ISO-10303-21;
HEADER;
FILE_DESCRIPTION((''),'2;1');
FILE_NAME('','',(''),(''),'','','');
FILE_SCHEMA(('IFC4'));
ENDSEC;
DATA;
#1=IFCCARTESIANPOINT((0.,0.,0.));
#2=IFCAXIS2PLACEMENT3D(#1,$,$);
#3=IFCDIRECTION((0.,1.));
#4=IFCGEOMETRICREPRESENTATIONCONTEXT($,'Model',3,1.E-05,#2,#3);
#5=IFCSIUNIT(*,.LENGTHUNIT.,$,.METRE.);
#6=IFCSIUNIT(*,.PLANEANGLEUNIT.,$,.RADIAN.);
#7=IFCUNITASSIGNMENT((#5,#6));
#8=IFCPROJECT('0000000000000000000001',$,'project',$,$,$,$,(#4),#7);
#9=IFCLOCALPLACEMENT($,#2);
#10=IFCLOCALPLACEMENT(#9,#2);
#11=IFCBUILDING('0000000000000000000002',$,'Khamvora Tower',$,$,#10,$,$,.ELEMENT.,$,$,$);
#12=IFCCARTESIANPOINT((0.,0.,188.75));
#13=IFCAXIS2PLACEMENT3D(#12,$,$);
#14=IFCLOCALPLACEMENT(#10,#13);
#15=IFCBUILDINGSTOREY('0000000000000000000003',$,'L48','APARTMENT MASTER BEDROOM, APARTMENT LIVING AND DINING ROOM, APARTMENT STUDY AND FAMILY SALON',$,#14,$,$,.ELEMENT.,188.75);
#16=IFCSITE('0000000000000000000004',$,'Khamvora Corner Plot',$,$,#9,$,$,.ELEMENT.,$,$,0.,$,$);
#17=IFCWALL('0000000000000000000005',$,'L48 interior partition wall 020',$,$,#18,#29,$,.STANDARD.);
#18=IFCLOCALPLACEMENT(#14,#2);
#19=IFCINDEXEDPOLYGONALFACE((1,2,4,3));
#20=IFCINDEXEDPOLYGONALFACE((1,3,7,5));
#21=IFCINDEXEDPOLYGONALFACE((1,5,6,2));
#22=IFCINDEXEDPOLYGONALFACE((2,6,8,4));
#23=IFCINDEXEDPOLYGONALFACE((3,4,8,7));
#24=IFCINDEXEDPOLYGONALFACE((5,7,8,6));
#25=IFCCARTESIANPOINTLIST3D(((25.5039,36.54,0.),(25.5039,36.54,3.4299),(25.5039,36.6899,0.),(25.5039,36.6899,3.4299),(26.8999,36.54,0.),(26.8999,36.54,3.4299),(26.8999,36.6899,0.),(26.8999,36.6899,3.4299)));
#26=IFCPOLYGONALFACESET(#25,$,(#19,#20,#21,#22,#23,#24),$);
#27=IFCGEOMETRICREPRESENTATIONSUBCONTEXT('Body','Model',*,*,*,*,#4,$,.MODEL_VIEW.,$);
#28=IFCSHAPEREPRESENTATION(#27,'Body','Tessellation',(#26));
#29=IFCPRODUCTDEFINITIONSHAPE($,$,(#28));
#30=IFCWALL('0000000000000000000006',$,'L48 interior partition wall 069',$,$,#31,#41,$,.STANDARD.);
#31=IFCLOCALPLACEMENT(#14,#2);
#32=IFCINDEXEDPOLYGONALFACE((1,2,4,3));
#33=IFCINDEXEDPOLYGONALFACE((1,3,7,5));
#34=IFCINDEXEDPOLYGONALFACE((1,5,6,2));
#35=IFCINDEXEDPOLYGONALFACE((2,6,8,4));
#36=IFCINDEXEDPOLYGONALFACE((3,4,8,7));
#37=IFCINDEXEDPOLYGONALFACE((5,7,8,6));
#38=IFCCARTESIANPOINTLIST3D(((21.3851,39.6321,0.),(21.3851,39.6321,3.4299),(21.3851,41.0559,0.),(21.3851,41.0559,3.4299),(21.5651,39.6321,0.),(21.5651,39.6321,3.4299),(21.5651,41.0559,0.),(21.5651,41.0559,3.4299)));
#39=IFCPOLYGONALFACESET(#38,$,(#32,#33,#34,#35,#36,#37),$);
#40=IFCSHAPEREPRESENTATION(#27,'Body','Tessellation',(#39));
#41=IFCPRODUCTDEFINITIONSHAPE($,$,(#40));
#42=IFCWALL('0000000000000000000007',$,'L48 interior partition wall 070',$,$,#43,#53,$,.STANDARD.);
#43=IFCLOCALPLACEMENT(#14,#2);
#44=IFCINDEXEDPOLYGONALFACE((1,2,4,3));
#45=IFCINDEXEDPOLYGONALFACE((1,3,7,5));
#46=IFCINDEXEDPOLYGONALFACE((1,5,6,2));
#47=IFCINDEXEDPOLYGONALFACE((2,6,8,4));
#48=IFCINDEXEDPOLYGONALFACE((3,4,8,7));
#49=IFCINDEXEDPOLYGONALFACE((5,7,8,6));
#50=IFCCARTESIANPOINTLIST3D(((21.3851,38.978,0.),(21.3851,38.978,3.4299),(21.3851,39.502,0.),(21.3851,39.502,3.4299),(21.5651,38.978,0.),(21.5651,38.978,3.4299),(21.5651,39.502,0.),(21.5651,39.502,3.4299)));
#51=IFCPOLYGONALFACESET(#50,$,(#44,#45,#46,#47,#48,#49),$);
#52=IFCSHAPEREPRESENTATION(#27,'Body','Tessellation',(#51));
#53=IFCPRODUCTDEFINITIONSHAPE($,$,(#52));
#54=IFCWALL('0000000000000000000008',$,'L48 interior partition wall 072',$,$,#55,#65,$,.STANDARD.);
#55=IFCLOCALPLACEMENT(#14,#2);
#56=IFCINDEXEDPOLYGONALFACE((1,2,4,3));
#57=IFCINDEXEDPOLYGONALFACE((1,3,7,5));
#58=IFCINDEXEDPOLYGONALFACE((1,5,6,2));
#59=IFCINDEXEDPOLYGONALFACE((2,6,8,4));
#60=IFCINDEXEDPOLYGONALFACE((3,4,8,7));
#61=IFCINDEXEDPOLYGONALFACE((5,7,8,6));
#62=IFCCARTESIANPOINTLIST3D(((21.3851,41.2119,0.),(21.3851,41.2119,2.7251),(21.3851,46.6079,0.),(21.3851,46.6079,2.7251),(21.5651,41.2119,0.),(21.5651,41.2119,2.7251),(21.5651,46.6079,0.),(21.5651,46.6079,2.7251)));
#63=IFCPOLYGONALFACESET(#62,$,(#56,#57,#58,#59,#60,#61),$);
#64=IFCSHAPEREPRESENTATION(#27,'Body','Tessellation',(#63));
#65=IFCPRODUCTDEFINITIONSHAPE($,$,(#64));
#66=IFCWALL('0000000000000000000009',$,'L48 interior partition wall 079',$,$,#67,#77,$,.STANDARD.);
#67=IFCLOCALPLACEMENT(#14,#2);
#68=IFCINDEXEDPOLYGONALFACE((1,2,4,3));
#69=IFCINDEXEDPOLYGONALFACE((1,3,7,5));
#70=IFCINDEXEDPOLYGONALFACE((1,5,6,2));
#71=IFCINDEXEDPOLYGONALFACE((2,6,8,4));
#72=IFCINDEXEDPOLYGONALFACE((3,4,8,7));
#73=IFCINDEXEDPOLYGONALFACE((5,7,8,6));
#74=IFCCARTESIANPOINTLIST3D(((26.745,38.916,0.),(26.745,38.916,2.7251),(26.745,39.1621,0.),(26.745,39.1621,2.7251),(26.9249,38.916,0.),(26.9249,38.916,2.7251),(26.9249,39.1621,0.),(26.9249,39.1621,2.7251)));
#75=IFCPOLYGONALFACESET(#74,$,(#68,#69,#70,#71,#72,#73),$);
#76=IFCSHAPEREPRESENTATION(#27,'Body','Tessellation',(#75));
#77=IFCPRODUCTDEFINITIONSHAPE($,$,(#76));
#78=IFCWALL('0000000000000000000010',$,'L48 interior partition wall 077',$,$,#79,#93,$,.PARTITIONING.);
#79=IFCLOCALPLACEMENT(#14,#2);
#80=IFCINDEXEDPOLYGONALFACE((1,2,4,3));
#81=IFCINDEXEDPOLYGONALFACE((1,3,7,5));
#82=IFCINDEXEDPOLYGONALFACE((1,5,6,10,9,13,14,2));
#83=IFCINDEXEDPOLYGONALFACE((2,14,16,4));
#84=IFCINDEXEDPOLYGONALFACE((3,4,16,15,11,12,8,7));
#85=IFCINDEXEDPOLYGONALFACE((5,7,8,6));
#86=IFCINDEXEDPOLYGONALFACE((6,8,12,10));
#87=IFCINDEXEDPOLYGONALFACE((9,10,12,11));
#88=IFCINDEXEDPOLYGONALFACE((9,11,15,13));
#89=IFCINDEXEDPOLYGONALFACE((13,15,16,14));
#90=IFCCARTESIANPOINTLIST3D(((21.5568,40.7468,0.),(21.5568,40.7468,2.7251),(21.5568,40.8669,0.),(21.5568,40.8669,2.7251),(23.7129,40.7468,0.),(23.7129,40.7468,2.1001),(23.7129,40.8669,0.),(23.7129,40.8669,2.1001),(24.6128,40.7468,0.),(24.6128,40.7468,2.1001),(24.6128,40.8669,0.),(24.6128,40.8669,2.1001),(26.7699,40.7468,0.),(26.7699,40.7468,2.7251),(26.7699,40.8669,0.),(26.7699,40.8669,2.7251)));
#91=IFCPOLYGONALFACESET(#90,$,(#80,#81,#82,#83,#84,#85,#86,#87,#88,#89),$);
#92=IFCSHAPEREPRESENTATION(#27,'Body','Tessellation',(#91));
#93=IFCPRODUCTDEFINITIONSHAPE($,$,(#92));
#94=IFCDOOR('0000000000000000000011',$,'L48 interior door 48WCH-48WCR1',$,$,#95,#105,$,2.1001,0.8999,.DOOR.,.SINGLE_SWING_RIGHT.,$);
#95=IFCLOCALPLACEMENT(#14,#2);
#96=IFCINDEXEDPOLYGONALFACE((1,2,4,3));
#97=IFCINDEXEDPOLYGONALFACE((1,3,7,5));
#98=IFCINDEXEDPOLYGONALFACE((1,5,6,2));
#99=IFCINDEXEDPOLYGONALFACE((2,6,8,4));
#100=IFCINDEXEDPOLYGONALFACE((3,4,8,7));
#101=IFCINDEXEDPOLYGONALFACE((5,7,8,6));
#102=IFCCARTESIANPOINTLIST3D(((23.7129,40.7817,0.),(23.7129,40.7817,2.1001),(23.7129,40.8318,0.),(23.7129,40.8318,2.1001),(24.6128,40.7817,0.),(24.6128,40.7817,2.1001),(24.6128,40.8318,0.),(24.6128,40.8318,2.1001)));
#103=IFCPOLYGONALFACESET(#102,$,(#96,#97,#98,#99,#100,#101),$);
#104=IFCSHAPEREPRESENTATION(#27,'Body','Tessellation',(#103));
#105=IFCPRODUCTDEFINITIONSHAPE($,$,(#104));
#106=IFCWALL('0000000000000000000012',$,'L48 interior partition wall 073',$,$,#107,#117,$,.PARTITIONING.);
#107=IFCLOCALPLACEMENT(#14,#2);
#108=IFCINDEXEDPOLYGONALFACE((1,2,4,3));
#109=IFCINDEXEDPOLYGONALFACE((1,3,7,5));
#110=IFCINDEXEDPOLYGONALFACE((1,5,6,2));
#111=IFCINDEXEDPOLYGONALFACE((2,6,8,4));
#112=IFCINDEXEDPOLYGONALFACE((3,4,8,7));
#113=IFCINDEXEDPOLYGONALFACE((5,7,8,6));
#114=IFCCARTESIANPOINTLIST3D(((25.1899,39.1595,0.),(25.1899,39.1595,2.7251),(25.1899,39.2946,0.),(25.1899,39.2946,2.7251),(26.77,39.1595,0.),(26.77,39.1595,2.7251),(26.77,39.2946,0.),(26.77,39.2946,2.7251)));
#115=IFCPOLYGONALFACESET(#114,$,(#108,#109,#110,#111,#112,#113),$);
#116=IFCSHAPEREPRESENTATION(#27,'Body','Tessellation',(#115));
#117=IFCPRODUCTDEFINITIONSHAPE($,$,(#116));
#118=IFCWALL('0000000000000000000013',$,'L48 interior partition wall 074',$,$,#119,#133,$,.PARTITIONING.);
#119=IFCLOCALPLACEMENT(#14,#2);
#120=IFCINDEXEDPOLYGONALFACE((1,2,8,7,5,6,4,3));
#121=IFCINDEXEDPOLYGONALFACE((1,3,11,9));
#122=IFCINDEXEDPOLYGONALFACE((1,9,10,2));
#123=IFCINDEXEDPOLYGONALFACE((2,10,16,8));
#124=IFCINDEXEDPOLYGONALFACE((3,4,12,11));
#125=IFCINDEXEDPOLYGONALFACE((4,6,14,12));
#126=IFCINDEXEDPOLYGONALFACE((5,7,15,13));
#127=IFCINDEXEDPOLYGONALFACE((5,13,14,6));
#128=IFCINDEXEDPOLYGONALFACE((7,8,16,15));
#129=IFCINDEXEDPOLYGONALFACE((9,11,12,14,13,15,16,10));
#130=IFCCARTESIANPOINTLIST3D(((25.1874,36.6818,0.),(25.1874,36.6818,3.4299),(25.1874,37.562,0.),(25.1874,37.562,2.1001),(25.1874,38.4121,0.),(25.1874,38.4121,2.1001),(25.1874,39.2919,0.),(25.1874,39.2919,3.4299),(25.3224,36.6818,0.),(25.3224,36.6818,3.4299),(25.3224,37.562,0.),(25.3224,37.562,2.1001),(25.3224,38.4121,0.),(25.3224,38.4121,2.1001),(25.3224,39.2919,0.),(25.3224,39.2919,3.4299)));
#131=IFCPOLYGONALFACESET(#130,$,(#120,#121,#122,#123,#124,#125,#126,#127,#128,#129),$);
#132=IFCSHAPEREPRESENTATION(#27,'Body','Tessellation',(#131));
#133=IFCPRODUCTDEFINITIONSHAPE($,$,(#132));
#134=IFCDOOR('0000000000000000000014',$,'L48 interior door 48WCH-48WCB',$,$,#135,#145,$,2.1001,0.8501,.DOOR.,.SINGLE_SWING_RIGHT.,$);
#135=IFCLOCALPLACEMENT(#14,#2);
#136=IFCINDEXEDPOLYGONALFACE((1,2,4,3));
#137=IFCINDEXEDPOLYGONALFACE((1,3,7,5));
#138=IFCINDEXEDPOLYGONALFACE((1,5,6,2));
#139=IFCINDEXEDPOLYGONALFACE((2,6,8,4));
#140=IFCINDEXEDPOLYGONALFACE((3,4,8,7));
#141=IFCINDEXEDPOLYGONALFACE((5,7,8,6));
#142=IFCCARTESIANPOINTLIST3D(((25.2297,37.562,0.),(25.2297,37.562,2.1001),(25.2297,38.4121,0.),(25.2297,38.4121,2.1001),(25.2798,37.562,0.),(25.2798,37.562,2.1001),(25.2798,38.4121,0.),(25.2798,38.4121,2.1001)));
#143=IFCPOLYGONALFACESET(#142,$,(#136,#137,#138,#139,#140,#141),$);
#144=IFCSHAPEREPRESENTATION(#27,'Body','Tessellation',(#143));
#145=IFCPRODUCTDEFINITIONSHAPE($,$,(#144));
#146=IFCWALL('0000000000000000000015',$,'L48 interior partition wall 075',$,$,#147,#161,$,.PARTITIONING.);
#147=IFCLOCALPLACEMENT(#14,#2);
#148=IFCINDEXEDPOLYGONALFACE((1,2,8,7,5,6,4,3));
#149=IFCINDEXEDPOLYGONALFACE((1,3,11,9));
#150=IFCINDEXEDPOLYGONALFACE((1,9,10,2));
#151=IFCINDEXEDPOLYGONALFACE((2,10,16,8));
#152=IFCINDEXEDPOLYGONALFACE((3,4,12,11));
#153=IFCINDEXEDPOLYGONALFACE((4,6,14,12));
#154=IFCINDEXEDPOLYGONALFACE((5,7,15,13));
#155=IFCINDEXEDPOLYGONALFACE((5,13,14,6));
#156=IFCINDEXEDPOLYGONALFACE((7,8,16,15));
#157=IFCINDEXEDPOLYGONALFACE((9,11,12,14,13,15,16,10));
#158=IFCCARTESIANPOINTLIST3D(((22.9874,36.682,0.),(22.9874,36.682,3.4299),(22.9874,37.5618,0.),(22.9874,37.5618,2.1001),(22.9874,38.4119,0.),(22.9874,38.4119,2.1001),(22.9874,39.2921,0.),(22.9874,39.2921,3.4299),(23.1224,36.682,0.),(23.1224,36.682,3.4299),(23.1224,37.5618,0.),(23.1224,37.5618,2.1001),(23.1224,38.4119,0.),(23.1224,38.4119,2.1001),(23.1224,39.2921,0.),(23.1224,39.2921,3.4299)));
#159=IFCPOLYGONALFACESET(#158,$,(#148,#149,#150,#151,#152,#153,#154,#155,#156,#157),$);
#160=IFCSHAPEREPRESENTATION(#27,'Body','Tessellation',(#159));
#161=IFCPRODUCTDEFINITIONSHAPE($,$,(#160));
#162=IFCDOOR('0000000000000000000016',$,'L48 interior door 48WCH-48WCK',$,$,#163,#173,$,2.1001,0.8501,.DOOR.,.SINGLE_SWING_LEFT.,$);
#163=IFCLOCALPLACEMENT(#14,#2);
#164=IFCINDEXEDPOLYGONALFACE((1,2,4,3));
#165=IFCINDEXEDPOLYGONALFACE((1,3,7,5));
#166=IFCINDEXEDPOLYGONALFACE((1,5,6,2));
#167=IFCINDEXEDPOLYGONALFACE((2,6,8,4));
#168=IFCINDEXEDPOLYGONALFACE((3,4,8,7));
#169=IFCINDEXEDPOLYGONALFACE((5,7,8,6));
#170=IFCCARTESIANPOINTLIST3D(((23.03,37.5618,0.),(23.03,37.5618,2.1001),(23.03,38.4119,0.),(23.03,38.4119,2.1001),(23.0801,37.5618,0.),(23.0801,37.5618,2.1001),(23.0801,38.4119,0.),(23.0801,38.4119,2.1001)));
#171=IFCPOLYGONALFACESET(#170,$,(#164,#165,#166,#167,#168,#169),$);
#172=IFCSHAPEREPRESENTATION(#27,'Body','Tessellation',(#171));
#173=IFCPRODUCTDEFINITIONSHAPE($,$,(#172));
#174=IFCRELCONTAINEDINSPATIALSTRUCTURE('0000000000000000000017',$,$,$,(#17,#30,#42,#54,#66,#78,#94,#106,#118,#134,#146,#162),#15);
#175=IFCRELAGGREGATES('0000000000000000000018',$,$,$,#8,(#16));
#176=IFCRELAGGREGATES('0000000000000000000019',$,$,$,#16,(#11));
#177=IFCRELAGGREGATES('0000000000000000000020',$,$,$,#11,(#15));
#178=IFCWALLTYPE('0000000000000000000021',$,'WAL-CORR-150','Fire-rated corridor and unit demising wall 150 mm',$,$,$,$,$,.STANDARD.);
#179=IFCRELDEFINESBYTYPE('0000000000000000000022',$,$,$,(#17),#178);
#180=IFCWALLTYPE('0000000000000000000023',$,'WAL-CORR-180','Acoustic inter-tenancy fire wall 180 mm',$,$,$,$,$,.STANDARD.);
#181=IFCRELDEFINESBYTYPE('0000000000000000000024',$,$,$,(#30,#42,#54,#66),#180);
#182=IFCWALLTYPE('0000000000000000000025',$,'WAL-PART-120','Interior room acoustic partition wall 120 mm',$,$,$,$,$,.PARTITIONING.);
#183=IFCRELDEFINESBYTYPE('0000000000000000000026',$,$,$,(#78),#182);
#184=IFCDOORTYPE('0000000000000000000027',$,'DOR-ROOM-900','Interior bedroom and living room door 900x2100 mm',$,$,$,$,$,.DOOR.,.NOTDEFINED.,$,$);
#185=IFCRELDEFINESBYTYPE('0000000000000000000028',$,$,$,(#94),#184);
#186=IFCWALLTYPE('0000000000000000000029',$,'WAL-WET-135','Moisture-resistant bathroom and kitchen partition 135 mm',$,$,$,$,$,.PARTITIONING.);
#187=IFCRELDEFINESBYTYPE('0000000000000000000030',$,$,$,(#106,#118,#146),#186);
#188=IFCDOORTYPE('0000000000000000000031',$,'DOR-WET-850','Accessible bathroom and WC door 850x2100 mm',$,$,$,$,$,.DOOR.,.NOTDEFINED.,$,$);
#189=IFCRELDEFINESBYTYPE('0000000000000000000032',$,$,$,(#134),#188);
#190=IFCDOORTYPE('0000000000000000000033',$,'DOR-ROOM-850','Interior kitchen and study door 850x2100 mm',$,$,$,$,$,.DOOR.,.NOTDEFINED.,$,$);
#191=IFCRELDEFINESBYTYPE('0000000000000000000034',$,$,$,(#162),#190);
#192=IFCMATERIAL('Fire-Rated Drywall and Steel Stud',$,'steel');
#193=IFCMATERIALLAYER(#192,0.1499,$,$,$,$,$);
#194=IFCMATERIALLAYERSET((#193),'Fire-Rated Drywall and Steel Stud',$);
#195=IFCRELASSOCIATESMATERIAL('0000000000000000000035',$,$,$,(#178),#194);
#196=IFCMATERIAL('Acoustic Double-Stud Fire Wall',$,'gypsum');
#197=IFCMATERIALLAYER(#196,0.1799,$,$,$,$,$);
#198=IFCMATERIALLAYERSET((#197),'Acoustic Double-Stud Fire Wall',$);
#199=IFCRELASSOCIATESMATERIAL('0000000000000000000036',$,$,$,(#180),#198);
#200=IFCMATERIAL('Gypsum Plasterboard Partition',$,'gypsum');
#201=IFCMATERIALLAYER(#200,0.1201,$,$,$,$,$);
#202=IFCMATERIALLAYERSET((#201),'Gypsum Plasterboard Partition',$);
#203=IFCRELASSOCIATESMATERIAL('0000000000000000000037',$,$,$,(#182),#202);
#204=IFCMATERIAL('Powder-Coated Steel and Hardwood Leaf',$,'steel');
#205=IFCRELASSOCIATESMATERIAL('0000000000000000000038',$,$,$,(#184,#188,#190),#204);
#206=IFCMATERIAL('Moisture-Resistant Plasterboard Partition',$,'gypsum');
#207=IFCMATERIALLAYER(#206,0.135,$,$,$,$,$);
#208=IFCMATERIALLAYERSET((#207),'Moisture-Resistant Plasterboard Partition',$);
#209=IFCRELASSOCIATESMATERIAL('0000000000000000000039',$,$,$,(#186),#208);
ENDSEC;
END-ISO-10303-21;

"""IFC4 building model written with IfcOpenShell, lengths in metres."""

from ifc_helpers import new_model, si_unit, direction, frame, frame_2d, origin, place, context, subcontext, project, spatial, rectangle, extrude, material, layer, layer_set, type_object, element, fill, save


model = new_model("IFC4")

# Units and contexts
model_context = context("Model", 3, precision=1e-05, world=origin(), true_north=direction((0.0, 1.0)))
body_context = subcontext(model_context, "Body", "Model", "MODEL_VIEW")
ifc_project = project(units=[si_unit("LENGTHUNIT", "METRE"), si_unit("PLANEANGLEUNIT", "RADIAN")], contexts=[model_context])

# Site, building, storey
site_placement = place(None, origin())
site = spatial("IfcSite", under=ifc_project, at=site_placement, Name="Khamvora Corner Plot", CompositionType="ELEMENT", RefElevation=0.0)
building_placement = place(site_placement, origin())
building = spatial("IfcBuilding", under=site, at=building_placement, Name="Khamvora Tower", CompositionType="ELEMENT")
storey_placement = place(building_placement, frame((0.0, 0.0, 188.75)))
storey = spatial("IfcBuildingStorey", under=building, at=storey_placement, Name="L48", Description="APARTMENT MASTER BEDROOM, APARTMENT LIVING AND DINING ROOM, APARTMENT STUDY AND FAMILY SALON", CompositionType="ELEMENT", Elevation=188.75)

# Walls
ifc_material_1 = material(Name="Fire-Rated Drywall and Steel Stud", Category="steel")
ifc_layer_1 = layer(ifc_material_1, 0.1499)
ifc_layer_set_1 = layer_set([ifc_layer_1], Name="Fire-Rated Drywall and Steel Stud")
wall_type_1 = type_object("IfcWallType", Name="WAL-CORR-150", Description="Fire-rated corridor and unit demising wall 150 mm", PredefinedType="STANDARD", material=ifc_layer_set_1)
wall_1_placement = place(storey_placement, frame((25.5039, 36.615, 0.0), z_axis=(0.0, 0.0, 1.0), x_axis=(1.0, 0.0, 0.0)))
element("IfcWall", 1, at=wall_1_placement, inside=storey, type_object=wall_type_1, Name="L48 interior partition wall 020", PredefinedType="STANDARD", context=body_context, shape_type="SweptSolid", body=[
    extrude(rectangle(XDim=1.396, YDim=0.1499, at=frame_2d((0.698, 0.0))), origin(), (0.0, 0.0, 1.0), 3.4299),
])
ifc_material_2 = material(Name="Acoustic Double-Stud Fire Wall", Category="gypsum")
ifc_layer_2 = layer(ifc_material_2, 0.1799)
ifc_layer_set_2 = layer_set([ifc_layer_2], Name="Acoustic Double-Stud Fire Wall")
wall_type_2 = type_object("IfcWallType", Name="WAL-CORR-180", Description="Acoustic inter-tenancy fire wall 180 mm", PredefinedType="STANDARD", material=ifc_layer_set_2)
wall_2_placement = place(storey_placement, frame((21.4751, 41.0559, 0.0), z_axis=(0.0, 0.0, 1.0), x_axis=(0.0, -1.0, 0.0)))
element("IfcWall", 2, at=wall_2_placement, inside=storey, type_object=wall_type_2, Name="L48 interior partition wall 069", PredefinedType="STANDARD", context=body_context, shape_type="SweptSolid", body=[
    extrude(rectangle(XDim=1.4238, YDim=0.1799, at=frame_2d((0.7119, 0.0))), origin(), (0.0, 0.0, 1.0), 3.4299),
])
wall_3_placement = place(storey_placement, frame((21.4751, 39.502, 0.0), z_axis=(0.0, 0.0, 1.0), x_axis=(0.0, -1.0, 0.0)))
element("IfcWall", 3, at=wall_3_placement, inside=storey, type_object=wall_type_2, Name="L48 interior partition wall 070", PredefinedType="STANDARD", context=body_context, shape_type="SweptSolid", body=[
    extrude(rectangle(XDim=0.5239, YDim=0.1799, at=frame_2d((0.262, 0.0))), origin(), (0.0, 0.0, 1.0), 3.4299),
])
wall_4_placement = place(storey_placement, frame((21.4751, 46.6079, 0.0), z_axis=(0.0, 0.0, 1.0), x_axis=(0.0, -1.0, 0.0)))
element("IfcWall", 4, at=wall_4_placement, inside=storey, type_object=wall_type_2, Name="L48 interior partition wall 072", PredefinedType="STANDARD", context=body_context, shape_type="SweptSolid", body=[
    extrude(rectangle(XDim=5.396, YDim=0.1799, at=frame_2d((2.698, 0.0))), origin(), (0.0, 0.0, 1.0), 2.7251),
])
wall_5_placement = place(storey_placement, frame((26.835, 39.1621, 0.0), z_axis=(0.0, 0.0, 1.0), x_axis=(0.0, -1.0, 0.0)))
element("IfcWall", 5, at=wall_5_placement, inside=storey, type_object=wall_type_2, Name="L48 interior partition wall 079", PredefinedType="STANDARD", context=body_context, shape_type="SweptSolid", body=[
    extrude(rectangle(XDim=0.2461, YDim=0.1799, at=frame_2d((0.123, 0.0))), origin(), (0.0, 0.0, 1.0), 2.7251),
])

# Wall, opening, door
ifc_material_3 = material(Name="Gypsum Plasterboard Partition", Category="gypsum")
ifc_layer_3 = layer(ifc_material_3, 0.1201)
ifc_layer_set_3 = layer_set([ifc_layer_3], Name="Gypsum Plasterboard Partition")
wall_type_3 = type_object("IfcWallType", Name="WAL-PART-120", Description="Interior room acoustic partition wall 120 mm", PredefinedType="PARTITIONING", material=ifc_layer_set_3)
wall_6_placement = place(storey_placement, frame((21.5569, 40.8069, 0.0), z_axis=(0.0, 0.0, 1.0), x_axis=(1.0, 0.0, 0.0)))
wall_6 = element("IfcWall", 6, at=wall_6_placement, inside=storey, type_object=wall_type_3, Name="L48 interior partition wall 077", PredefinedType="PARTITIONING", context=body_context, shape_type="SweptSolid", body=[
    extrude(rectangle(XDim=5.2131, YDim=0.1201, at=frame_2d((2.6064, 0.0))), origin(), (0.0, 0.0, 1.0), 2.7251),
])
opening_1_placement = place(wall_6_placement, frame((2.156, 0.0, 0.0)))
opening_1 = element("IfcOpeningElement", 7, at=opening_1_placement, cuts=wall_6, PredefinedType="OPENING", context=body_context, shape_type="SweptSolid", body=[
    extrude(rectangle(XDim=0.8999, YDim=2.1001, at=frame_2d((0.45, 1.05))), frame((0.0, 0.0701, 0.0), z_axis=(0.0, -1.0, 0.0), x_axis=(1.0, 0.0, 0.0)), (0.0, 0.0, 1.0), 0.1401),
])
ifc_material_4 = material(Name="Powder-Coated Steel and Hardwood Leaf", Category="steel")
door_type_1 = type_object("IfcDoorType", Name="DOR-ROOM-900", Description="Interior bedroom and living room door 900x2100 mm", OperationType="NOTDEFINED", PredefinedType="DOOR", material=ifc_material_4)
door_1_placement = place(opening_1_placement, origin())
door_1 = element("IfcDoor", 8, at=door_1_placement, inside=storey, type_object=door_type_1, Name="L48 interior door 48WCH-48WCR1", OperationType="SINGLE_SWING_RIGHT", OverallHeight=2.1001, OverallWidth=0.8999, PredefinedType="DOOR", context=body_context, shape_type="SweptSolid", body=[
    extrude(rectangle(XDim=0.8999, YDim=2.1001, at=frame_2d((0.45, 1.05))), frame((0.0, 0.0249, 0.0), z_axis=(0.0, -1.0, 0.0), x_axis=(1.0, 0.0, 0.0)), (0.0, 0.0, 1.0), 0.05),
])
fill(opening_1, door_1)

# Wall
ifc_material_5 = material(Name="Moisture-Resistant Plasterboard Partition", Category="gypsum")
ifc_layer_4 = layer(ifc_material_5, 0.135)
ifc_layer_set_4 = layer_set([ifc_layer_4], Name="Moisture-Resistant Plasterboard Partition")
wall_type_4 = type_object("IfcWallType", Name="WAL-WET-135", Description="Moisture-resistant bathroom and kitchen partition 135 mm", PredefinedType="PARTITIONING", material=ifc_layer_set_4)
wall_7_placement = place(storey_placement, frame((26.77, 39.2271, 0.0), z_axis=(0.0, 0.0, 1.0), x_axis=(-1.0, 0.0, 0.0)))
element("IfcWall", 9, at=wall_7_placement, inside=storey, type_object=wall_type_4, Name="L48 interior partition wall 073", PredefinedType="PARTITIONING", context=body_context, shape_type="SweptSolid", body=[
    extrude(rectangle(XDim=1.5801, YDim=0.135, at=frame_2d((0.79, 0.0))), origin(), (0.0, 0.0, 1.0), 2.7251),
])

# Walls, openings, doors
wall_8_placement = place(storey_placement, frame((25.2549, 39.292, 0.0), z_axis=(0.0, 0.0, 1.0), x_axis=(0.0, -1.0, 0.0)))
wall_8 = element("IfcWall", 10, at=wall_8_placement, inside=storey, type_object=wall_type_4, Name="L48 interior partition wall 074", PredefinedType="PARTITIONING", context=body_context, shape_type="SweptSolid", body=[
    extrude(rectangle(XDim=2.6101, YDim=0.135, at=frame_2d((1.3052, 0.0))), origin(), (0.0, 0.0, 1.0), 3.4299),
])
opening_2_placement = place(wall_8_placement, frame((0.8799, 0.0, 0.0)))
opening_2 = element("IfcOpeningElement", 11, at=opening_2_placement, cuts=wall_8, PredefinedType="OPENING", context=body_context, shape_type="SweptSolid", body=[
    extrude(rectangle(XDim=0.8501, YDim=2.1001, at=frame_2d((0.425, 1.05))), frame((0.0, 0.0774, 0.0), z_axis=(0.0, -1.0, 0.0), x_axis=(1.0, 0.0, 0.0)), (0.0, 0.0, 1.0), 0.155),
])
door_type_2 = type_object("IfcDoorType", Name="DOR-WET-850", Description="Accessible bathroom and WC door 850x2100 mm", OperationType="NOTDEFINED", PredefinedType="DOOR", material=ifc_material_4)
door_2_placement = place(opening_2_placement, origin())
door_2 = element("IfcDoor", 12, at=door_2_placement, inside=storey, type_object=door_type_2, Name="L48 interior door 48WCH-48WCB", OperationType="SINGLE_SWING_RIGHT", OverallHeight=2.1001, OverallWidth=0.8501, PredefinedType="DOOR", context=body_context, shape_type="SweptSolid", body=[
    extrude(rectangle(XDim=0.8501, YDim=2.1001, at=frame_2d((0.425, 1.05))), frame((0.0, 0.0249, 0.0), z_axis=(0.0, -1.0, 0.0), x_axis=(1.0, 0.0, 0.0)), (0.0, 0.0, 1.0), 0.05),
])
fill(opening_2, door_2)
wall_9_placement = place(storey_placement, frame((23.0549, 36.6819, 0.0), z_axis=(0.0, 0.0, 1.0), x_axis=(0.0, 1.0, 0.0)))
wall_9 = element("IfcWall", 13, at=wall_9_placement, inside=storey, type_object=wall_type_4, Name="L48 interior partition wall 075", PredefinedType="PARTITIONING", context=body_context, shape_type="SweptSolid", body=[
    extrude(rectangle(XDim=2.6101, YDim=0.135, at=frame_2d((1.3052, 0.0))), origin(), (0.0, 0.0, 1.0), 3.4299),
])
opening_3_placement = place(wall_9_placement, frame((0.8799, 0.0, 0.0)))
opening_3 = element("IfcOpeningElement", 14, at=opening_3_placement, cuts=wall_9, PredefinedType="OPENING", context=body_context, shape_type="SweptSolid", body=[
    extrude(rectangle(XDim=0.8501, YDim=2.1001, at=frame_2d((0.425, 1.05))), frame((0.0, 0.0774, 0.0), z_axis=(0.0, -1.0, 0.0), x_axis=(1.0, 0.0, 0.0)), (0.0, 0.0, 1.0), 0.155),
])
door_type_3 = type_object("IfcDoorType", Name="DOR-ROOM-850", Description="Interior kitchen and study door 850x2100 mm", OperationType="NOTDEFINED", PredefinedType="DOOR", material=ifc_material_4)
door_3_placement = place(opening_3_placement, origin())
door_3 = element("IfcDoor", 15, at=door_3_placement, inside=storey, type_object=door_type_3, Name="L48 interior door 48WCH-48WCK", OperationType="SINGLE_SWING_LEFT", OverallHeight=2.1001, OverallWidth=0.8501, PredefinedType="DOOR", context=body_context, shape_type="SweptSolid", body=[
    extrude(rectangle(XDim=0.8501, YDim=2.1001, at=frame_2d((0.425, 1.05))), frame((0.0, 0.0249, 0.0), z_axis=(0.0, -1.0, 0.0), x_axis=(1.0, 0.0, 0.0)), (0.0, 0.0, 1.0), 0.05),
])
fill(opening_3, door_3)

save(model, "model.ifc")
